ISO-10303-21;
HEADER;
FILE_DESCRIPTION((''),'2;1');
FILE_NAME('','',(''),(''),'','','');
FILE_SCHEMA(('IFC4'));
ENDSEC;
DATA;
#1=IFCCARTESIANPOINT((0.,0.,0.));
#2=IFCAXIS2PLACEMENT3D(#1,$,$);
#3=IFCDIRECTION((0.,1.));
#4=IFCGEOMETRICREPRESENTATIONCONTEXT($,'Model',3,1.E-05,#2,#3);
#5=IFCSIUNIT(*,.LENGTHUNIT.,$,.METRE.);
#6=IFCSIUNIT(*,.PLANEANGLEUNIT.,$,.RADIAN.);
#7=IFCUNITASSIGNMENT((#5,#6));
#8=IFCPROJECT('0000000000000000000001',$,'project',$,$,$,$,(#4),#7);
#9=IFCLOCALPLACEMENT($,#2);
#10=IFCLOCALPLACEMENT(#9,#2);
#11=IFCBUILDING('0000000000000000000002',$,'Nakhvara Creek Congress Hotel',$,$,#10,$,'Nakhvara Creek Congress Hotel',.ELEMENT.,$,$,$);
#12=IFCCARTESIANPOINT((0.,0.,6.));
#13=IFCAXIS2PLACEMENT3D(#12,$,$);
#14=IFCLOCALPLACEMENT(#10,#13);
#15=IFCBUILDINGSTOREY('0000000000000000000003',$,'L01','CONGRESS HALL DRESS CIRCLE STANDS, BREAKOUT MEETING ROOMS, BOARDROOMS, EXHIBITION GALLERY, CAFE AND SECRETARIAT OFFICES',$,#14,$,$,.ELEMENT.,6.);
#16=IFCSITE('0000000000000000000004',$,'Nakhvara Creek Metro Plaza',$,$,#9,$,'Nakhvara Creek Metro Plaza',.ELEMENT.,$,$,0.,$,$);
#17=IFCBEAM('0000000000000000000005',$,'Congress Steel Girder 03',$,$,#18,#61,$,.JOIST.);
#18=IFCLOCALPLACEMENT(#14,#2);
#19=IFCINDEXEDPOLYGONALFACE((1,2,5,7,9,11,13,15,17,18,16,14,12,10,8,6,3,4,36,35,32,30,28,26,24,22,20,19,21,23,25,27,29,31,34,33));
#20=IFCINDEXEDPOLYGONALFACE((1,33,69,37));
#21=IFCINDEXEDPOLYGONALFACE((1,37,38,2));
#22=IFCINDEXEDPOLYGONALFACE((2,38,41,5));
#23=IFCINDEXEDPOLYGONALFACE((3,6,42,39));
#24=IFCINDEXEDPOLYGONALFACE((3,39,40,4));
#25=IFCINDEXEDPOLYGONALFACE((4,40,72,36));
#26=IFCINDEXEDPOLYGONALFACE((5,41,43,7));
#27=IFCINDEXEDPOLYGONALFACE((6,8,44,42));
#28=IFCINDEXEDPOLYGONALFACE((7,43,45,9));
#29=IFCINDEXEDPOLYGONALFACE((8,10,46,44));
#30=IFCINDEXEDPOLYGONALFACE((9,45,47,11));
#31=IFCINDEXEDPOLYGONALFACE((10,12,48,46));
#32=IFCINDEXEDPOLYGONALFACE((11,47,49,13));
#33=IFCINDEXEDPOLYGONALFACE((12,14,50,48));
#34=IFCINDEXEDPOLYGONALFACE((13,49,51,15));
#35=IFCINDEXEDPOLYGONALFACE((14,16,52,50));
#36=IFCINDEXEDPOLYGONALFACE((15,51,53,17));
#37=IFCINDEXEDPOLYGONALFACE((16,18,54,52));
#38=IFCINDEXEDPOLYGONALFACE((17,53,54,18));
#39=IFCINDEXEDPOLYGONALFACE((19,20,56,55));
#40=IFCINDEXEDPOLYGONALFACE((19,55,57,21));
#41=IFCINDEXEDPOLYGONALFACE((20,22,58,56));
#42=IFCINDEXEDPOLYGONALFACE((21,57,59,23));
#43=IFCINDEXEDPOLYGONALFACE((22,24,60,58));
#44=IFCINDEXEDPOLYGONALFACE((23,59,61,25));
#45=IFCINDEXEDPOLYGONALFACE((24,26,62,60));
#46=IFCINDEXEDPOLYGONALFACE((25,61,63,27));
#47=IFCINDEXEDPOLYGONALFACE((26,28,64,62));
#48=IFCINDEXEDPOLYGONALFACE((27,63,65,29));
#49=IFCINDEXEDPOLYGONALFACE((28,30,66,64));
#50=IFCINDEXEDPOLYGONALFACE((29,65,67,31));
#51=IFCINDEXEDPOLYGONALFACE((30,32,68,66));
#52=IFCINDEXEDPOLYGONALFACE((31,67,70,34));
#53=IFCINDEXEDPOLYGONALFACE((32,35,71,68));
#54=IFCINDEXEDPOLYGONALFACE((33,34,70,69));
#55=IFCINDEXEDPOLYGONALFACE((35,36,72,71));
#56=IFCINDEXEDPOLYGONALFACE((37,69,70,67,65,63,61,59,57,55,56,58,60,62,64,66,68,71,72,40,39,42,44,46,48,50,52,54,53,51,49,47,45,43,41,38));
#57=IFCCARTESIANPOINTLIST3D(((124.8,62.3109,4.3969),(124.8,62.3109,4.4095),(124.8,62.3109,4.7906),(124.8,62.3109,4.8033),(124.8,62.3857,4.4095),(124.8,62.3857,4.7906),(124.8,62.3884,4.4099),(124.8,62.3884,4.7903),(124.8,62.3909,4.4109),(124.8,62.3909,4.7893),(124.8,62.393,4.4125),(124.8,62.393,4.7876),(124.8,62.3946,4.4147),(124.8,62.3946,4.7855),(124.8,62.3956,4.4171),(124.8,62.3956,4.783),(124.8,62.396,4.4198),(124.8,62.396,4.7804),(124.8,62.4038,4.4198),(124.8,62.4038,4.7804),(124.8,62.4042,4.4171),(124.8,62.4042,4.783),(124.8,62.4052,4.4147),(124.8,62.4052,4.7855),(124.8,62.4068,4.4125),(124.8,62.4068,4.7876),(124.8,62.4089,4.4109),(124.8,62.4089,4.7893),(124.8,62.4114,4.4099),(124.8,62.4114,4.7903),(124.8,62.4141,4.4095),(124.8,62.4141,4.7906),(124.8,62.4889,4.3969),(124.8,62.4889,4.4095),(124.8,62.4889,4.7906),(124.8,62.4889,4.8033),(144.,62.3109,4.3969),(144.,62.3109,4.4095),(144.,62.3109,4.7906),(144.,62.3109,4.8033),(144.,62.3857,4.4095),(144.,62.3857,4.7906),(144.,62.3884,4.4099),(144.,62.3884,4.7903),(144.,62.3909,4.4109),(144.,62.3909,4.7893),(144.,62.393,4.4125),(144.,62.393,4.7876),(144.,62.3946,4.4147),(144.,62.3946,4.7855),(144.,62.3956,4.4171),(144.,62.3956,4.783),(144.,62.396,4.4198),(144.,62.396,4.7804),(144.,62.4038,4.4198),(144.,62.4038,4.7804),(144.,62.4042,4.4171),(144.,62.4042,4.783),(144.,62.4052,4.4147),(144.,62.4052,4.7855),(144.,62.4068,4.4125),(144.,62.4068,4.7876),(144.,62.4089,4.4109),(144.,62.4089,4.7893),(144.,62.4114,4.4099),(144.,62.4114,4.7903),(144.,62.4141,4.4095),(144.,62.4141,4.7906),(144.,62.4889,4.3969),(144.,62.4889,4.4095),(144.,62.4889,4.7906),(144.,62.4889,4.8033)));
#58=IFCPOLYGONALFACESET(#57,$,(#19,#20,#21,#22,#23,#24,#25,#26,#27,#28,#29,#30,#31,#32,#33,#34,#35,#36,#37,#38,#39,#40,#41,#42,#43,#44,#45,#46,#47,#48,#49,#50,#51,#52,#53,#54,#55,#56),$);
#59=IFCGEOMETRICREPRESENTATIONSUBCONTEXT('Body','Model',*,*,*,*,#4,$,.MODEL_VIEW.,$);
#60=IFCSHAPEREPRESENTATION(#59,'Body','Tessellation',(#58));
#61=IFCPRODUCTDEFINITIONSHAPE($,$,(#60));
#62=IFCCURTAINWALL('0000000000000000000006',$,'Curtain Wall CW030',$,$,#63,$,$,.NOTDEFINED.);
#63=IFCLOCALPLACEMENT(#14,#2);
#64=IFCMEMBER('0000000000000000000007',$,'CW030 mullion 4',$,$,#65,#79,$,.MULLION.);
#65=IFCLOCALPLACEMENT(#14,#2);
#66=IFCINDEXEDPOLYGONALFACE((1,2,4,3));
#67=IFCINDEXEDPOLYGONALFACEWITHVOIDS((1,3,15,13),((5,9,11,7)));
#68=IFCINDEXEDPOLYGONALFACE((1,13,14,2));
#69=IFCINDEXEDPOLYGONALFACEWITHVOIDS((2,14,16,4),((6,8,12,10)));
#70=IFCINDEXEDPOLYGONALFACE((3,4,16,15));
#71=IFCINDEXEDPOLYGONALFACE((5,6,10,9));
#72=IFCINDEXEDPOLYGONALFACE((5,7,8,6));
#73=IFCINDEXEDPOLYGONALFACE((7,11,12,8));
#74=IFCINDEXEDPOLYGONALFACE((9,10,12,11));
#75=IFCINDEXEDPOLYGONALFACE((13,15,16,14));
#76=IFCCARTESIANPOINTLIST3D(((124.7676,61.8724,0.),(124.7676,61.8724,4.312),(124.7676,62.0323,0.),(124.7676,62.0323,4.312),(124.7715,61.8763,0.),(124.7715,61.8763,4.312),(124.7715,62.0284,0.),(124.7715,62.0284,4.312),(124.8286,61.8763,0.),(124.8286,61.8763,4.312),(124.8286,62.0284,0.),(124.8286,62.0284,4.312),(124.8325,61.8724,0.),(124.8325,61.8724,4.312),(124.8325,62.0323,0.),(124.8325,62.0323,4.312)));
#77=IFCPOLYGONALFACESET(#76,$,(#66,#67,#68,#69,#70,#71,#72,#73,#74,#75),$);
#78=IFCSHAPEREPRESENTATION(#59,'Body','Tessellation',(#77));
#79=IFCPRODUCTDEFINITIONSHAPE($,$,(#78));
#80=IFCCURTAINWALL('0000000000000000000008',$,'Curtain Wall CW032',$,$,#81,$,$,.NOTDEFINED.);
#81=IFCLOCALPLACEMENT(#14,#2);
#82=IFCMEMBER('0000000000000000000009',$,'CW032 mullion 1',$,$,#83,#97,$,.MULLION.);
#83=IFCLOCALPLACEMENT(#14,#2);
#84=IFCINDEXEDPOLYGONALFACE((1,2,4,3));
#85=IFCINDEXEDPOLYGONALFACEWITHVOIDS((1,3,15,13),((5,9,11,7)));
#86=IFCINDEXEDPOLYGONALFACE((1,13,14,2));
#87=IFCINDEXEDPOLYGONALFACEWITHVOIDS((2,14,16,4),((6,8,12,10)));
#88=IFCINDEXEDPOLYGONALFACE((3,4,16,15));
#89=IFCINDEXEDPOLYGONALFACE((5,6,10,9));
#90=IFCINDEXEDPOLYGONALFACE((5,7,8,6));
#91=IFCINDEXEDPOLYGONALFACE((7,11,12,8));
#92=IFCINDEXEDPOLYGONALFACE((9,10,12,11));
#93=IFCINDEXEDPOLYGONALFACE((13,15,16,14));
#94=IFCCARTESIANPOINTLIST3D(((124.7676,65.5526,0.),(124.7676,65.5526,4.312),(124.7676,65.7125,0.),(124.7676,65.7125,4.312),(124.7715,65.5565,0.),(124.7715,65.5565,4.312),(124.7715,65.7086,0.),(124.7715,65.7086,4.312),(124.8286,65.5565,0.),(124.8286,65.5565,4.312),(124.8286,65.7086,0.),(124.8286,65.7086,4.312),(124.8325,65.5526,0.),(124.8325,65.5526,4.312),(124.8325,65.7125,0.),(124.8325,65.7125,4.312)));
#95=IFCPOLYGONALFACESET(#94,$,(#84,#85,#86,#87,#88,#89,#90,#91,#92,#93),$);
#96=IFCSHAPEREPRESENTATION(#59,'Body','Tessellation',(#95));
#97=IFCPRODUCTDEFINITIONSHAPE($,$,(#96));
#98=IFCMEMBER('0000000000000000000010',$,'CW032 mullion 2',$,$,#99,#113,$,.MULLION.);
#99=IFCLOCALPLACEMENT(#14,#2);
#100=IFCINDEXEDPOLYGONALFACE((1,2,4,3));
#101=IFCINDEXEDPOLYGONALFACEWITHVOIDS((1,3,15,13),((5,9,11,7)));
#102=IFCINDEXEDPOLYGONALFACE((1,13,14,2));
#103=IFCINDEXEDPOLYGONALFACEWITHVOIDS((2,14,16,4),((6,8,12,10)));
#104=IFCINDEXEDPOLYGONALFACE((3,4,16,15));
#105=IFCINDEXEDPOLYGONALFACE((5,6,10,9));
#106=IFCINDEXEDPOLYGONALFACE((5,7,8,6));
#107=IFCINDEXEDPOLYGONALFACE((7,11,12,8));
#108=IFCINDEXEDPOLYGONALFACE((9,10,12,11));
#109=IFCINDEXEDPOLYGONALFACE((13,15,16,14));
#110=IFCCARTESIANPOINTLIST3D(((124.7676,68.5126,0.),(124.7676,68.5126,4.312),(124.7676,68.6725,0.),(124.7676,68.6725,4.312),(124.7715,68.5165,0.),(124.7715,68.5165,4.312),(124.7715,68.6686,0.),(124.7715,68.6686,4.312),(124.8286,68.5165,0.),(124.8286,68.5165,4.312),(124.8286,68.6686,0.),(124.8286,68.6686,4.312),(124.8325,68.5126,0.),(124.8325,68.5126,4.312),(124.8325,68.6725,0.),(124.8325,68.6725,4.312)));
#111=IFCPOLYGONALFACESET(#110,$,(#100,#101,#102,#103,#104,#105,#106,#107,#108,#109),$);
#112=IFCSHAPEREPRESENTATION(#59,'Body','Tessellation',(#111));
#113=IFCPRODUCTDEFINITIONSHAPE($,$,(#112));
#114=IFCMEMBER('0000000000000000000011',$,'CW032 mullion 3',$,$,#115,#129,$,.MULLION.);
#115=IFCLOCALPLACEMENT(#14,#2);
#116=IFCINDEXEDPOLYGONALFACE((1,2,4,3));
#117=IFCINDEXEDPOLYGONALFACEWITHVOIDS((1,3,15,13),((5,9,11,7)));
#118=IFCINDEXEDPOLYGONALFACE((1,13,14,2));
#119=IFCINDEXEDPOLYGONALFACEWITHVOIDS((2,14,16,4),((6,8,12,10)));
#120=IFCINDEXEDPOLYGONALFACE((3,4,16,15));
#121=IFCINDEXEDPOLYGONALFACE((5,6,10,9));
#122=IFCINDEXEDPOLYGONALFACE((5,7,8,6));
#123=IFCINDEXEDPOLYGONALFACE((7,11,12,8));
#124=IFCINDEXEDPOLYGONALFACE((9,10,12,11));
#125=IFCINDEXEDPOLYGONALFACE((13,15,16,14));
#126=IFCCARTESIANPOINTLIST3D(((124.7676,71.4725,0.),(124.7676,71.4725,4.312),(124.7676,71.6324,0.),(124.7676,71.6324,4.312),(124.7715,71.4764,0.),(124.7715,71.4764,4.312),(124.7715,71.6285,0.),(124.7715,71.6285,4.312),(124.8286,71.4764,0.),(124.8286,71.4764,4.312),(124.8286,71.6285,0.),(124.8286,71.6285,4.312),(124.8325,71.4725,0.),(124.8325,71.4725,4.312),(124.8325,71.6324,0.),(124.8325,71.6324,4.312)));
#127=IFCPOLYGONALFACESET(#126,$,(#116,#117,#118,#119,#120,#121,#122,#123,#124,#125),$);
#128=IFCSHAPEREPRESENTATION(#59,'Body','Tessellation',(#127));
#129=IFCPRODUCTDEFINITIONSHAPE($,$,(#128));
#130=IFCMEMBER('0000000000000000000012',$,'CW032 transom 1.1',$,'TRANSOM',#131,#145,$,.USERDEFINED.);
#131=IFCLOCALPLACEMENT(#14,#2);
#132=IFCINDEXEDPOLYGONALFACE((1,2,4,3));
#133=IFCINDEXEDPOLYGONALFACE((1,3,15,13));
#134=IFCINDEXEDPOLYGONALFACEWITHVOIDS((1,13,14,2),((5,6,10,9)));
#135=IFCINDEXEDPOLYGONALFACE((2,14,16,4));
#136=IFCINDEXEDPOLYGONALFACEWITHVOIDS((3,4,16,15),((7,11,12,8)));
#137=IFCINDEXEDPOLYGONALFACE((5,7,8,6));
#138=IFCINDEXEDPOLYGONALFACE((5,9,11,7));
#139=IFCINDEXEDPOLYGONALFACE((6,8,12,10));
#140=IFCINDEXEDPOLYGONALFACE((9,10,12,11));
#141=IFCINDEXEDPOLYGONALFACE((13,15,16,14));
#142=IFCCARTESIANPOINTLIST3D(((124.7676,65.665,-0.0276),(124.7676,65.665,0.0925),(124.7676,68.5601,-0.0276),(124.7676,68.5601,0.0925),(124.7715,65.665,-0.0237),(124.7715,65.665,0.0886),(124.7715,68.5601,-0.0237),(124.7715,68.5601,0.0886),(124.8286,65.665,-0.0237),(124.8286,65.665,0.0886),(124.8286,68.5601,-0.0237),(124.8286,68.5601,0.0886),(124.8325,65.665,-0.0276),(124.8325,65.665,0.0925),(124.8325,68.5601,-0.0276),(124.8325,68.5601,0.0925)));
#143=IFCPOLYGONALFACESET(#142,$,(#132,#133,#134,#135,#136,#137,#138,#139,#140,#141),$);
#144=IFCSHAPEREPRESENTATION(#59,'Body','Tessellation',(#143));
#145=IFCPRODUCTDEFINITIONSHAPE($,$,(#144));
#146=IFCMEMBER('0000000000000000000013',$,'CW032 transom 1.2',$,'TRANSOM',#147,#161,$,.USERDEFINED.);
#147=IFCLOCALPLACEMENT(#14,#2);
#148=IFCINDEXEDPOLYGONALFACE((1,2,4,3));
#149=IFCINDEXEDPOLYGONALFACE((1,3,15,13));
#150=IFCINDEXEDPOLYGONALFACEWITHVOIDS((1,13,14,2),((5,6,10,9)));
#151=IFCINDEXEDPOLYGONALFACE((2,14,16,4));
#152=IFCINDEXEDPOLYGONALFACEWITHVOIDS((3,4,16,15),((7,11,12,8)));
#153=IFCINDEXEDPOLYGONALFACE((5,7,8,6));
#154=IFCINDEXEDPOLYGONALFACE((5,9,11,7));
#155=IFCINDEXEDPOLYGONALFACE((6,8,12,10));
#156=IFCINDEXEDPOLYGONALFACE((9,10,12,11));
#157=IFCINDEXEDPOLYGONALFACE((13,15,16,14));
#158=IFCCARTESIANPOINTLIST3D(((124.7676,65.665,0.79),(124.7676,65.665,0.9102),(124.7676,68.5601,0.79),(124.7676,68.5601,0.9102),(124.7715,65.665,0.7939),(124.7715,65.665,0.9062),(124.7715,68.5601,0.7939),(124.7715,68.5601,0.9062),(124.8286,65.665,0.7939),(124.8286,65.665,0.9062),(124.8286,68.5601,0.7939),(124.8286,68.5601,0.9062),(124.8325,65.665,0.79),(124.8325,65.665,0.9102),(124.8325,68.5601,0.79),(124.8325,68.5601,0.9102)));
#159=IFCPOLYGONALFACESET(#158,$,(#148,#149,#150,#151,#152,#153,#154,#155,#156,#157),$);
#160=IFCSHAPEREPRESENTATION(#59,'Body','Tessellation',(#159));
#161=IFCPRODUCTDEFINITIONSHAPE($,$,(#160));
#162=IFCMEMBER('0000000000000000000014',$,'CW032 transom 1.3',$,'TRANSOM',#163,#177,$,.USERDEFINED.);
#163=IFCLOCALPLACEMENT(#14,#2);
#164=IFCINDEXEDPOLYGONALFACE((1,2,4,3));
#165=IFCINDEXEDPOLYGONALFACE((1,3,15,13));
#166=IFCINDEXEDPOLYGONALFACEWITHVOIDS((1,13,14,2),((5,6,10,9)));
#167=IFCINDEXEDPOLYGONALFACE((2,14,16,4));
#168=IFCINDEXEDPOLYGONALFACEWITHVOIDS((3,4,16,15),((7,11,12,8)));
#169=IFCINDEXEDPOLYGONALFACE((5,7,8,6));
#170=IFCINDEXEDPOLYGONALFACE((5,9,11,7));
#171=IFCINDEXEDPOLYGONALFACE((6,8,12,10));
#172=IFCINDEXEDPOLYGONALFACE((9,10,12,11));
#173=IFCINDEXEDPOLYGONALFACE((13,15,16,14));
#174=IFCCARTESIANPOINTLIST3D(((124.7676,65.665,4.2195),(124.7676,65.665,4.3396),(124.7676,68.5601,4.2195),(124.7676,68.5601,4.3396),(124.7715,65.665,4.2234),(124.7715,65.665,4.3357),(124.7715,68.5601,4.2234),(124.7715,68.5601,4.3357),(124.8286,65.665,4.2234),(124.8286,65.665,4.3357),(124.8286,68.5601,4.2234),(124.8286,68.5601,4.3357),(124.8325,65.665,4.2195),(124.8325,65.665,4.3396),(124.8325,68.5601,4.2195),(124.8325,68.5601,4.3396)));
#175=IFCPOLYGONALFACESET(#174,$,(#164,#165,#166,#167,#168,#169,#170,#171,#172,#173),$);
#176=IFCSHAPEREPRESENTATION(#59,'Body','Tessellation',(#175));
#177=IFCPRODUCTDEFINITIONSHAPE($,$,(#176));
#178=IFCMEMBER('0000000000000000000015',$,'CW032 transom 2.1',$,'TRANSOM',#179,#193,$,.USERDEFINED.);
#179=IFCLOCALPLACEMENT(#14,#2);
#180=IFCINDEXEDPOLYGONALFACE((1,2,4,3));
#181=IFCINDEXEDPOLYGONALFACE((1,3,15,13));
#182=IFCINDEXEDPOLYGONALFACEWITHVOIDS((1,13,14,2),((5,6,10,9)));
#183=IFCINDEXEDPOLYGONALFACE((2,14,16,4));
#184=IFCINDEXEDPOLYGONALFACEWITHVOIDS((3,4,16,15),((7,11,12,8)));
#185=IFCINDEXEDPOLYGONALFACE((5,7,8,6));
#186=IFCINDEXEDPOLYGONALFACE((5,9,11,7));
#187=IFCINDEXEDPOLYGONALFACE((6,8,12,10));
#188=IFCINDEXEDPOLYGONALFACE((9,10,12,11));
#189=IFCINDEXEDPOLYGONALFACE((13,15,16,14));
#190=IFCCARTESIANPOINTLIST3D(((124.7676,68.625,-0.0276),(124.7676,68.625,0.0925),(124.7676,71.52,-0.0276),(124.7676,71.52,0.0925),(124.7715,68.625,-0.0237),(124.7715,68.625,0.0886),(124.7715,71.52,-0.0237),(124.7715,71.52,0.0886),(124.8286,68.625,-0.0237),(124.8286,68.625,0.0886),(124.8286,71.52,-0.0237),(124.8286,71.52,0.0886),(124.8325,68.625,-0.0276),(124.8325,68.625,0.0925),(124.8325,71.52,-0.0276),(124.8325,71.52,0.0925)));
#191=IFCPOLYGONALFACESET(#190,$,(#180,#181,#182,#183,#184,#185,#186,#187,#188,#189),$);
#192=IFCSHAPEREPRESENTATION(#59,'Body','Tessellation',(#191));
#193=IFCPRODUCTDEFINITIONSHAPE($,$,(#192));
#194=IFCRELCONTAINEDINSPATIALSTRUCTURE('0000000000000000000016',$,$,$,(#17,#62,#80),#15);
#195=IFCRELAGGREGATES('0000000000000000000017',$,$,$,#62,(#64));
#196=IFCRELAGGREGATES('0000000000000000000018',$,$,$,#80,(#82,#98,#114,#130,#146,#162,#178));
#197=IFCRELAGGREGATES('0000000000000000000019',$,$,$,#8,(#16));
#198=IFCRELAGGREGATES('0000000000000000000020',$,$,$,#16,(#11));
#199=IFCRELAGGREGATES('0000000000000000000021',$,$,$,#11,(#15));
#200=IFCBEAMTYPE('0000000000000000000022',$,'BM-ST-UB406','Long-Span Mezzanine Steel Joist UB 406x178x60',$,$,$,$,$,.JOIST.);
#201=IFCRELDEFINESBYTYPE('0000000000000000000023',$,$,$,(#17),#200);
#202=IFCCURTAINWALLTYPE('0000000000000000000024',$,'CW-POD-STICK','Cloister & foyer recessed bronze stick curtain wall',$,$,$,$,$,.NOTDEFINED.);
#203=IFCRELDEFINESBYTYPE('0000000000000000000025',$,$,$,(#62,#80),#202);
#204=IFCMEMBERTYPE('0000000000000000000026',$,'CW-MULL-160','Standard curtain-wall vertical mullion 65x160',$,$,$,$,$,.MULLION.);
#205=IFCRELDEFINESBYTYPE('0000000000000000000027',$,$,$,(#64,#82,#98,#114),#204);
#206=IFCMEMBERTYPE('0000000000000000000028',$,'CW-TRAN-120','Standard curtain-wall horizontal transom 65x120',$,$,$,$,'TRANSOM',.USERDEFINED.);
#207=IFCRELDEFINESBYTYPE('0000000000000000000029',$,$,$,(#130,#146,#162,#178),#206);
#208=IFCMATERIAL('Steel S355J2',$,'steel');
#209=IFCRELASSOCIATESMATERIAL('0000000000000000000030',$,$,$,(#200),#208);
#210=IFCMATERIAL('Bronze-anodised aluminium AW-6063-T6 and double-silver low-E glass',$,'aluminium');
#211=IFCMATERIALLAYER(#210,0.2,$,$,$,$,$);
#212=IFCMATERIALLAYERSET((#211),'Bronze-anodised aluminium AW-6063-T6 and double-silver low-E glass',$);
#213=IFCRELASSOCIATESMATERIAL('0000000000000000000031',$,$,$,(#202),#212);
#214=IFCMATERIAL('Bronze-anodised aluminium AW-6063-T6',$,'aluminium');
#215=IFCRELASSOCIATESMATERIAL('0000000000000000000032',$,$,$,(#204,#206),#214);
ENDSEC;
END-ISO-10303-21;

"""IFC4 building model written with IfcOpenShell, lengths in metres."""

from ifc_helpers import new_model, si_unit, direction, frame, origin, origin_2d, place, context, subcontext, project, spatial, hollow_rectangle, i_section, extrude, material, layer, layer_set, material_profile, profile_set, type_object, element, aggregate, save


model = new_model("IFC4")

# Units and contexts
model_context = context("Model", 3, precision=1e-05, world=origin(), true_north=direction((0.0, 1.0)))
body_context = subcontext(model_context, "Body", "Model", "MODEL_VIEW")
ifc_project = project(units=[si_unit("LENGTHUNIT", "METRE"), si_unit("PLANEANGLEUNIT", "RADIAN")], contexts=[model_context])

# Site, building, storey
site_placement = place(None, origin())
site = spatial("IfcSite", under=ifc_project, at=site_placement, Name="Nakhvara Creek Metro Plaza", LongName="Nakhvara Creek Metro Plaza", CompositionType="ELEMENT", RefElevation=0.0)
building_placement = place(site_placement, origin())
building = spatial("IfcBuilding", under=site, at=building_placement, Name="Nakhvara Creek Congress Hotel", LongName="Nakhvara Creek Congress Hotel", CompositionType="ELEMENT")
storey_placement = place(building_placement, frame((0.0, 0.0, 6.0)))
storey = spatial("IfcBuildingStorey", under=building, at=storey_placement, Name="L01", Description="CONGRESS HALL DRESS CIRCLE STANDS, BREAKOUT MEETING ROOMS, BOARDROOMS, EXHIBITION GALLERY, CAFE AND SECRETARIAT OFFICES", CompositionType="ELEMENT", Elevation=6.0)

# Beam
ifc_material_1 = material(Name="Steel S355J2", Category="steel")
ifc_material_profile_1 = material_profile(ifc_material_1, i_section(OverallWidth=0.178, OverallDepth=0.4065, WebThickness=0.0078, FlangeThickness=0.0127, FilletRadius=0.0103, at=origin_2d()), Name="UB 406x178x60", Category="LoadBearing")
ifc_profile_set_1 = profile_set([ifc_material_profile_1], Name="Steel S355J2")
beam_type_1 = type_object("IfcBeamType", Name="BM-ST-UB406", Description="Long-Span Mezzanine Steel Joist UB 406x178x60", PredefinedType="JOIST", material=ifc_profile_set_1)
beam_1_placement = place(storey_placement, frame((124.8, 62.3999, 4.6001), z_axis=(1.0, 0.0, 0.0), x_axis=(0.0, 1.0, 0.0)))
element("IfcBeam", 1, at=beam_1_placement, inside=storey, type_object=beam_type_1, Name="Congress Steel Girder 03", PredefinedType="JOIST", context=body_context, shape_type="SweptSolid", body=[
    extrude(i_section(OverallWidth=0.178, OverallDepth=0.4065, WebThickness=0.0078, FlangeThickness=0.0127, FilletRadius=0.0103, at=origin_2d()), origin(), (0.0, 0.0, 1.0), 19.2),
])

# Curtain wall, member
ifc_material_2 = material(Name="Bronze-anodised aluminium AW-6063-T6 and double-silver low-E glass", Category="aluminium")
ifc_layer_1 = layer(ifc_material_2, 0.2)
ifc_layer_set_1 = layer_set([ifc_layer_1], Name="Bronze-anodised aluminium AW-6063-T6 and double-silver low-E glass")
curtain_wall_type = type_object("IfcCurtainWallType", Name="CW-POD-STICK", Description="Cloister & foyer recessed bronze stick curtain wall", PredefinedType="NOTDEFINED", material=ifc_layer_set_1)
curtain_wall_1_placement = place(storey_placement, origin())
curtain_wall_1 = element("IfcCurtainWall", 2, at=curtain_wall_1_placement, inside=storey, type_object=curtain_wall_type, Name="Curtain Wall CW030", PredefinedType="NOTDEFINED")
ifc_material_3 = material(Name="Bronze-anodised aluminium AW-6063-T6", Category="aluminium")
ifc_material_profile_2 = material_profile(ifc_material_3, hollow_rectangle(XDim=0.0649, YDim=0.1599, WallThickness=0.0039, at=origin_2d()), Name="ALU-MULL 65x160x4", Category="LoadBearing")
ifc_profile_set_2 = profile_set([ifc_material_profile_2], Name="Bronze-anodised aluminium AW-6063-T6")
member_type_1 = type_object("IfcMemberType", Name="CW-MULL-160", Description="Standard curtain-wall vertical mullion 65x160", PredefinedType="MULLION", material=ifc_profile_set_2)
member_1_placement = place(storey_placement, frame((124.8, 61.9524, 0.0), z_axis=(0.0, 0.0, 1.0), x_axis=(-1.0, 0.0, 0.0)))
member_1 = element("IfcMember", 3, at=member_1_placement, type_object=member_type_1, Name="CW030 mullion 4", PredefinedType="MULLION", context=body_context, shape_type="SweptSolid", body=[
    extrude(hollow_rectangle(XDim=0.0649, YDim=0.1599, WallThickness=0.0039, at=origin_2d()), origin(), (0.0, 0.0, 1.0), 4.312),
])
aggregate(curtain_wall_1, [member_1])

# Curtain wall, members
curtain_wall_2_placement = place(storey_placement, origin())
curtain_wall_2 = element("IfcCurtainWall", 4, at=curtain_wall_2_placement, inside=storey, type_object=curtain_wall_type, Name="Curtain Wall CW032", PredefinedType="NOTDEFINED")
member_2_placement = place(storey_placement, frame((124.8, 65.6326, 0.0), z_axis=(0.0, 0.0, 1.0), x_axis=(-1.0, 0.0, 0.0)))
member_2 = element("IfcMember", 5, at=member_2_placement, type_object=member_type_1, Name="CW032 mullion 1", PredefinedType="MULLION", context=body_context, shape_type="SweptSolid", body=[
    extrude(hollow_rectangle(XDim=0.0649, YDim=0.1599, WallThickness=0.0039, at=origin_2d()), origin(), (0.0, 0.0, 1.0), 4.312),
])
member_3_placement = place(storey_placement, frame((124.8, 68.5925, 0.0), z_axis=(0.0, 0.0, 1.0), x_axis=(-1.0, 0.0, 0.0)))
member_3 = element("IfcMember", 6, at=member_3_placement, type_object=member_type_1, Name="CW032 mullion 2", PredefinedType="MULLION", context=body_context, shape_type="SweptSolid", body=[
    extrude(hollow_rectangle(XDim=0.0649, YDim=0.1599, WallThickness=0.0039, at=origin_2d()), origin(), (0.0, 0.0, 1.0), 4.312),
])
member_4_placement = place(storey_placement, frame((124.8, 71.5525, 0.0), z_axis=(0.0, 0.0, 1.0), x_axis=(-1.0, 0.0, 0.0)))
member_4 = element("IfcMember", 7, at=member_4_placement, type_object=member_type_1, Name="CW032 mullion 3", PredefinedType="MULLION", context=body_context, shape_type="SweptSolid", body=[
    extrude(hollow_rectangle(XDim=0.0649, YDim=0.1599, WallThickness=0.0039, at=origin_2d()), origin(), (0.0, 0.0, 1.0), 4.312),
])
ifc_material_profile_3 = material_profile(ifc_material_3, hollow_rectangle(XDim=0.0649, YDim=0.1201, WallThickness=0.0039, at=origin_2d()), Name="ALU-TRAN 65x120x4", Category="LoadBearing")
ifc_profile_set_3 = profile_set([ifc_material_profile_3], Name="Bronze-anodised aluminium AW-6063-T6")
member_type_2 = type_object("IfcMemberType", Name="CW-TRAN-120", Description="Standard curtain-wall horizontal transom 65x120", ElementType="TRANSOM", PredefinedType="USERDEFINED", material=ifc_profile_set_3)
member_5_placement = place(storey_placement, frame((124.8, 65.665, 0.0325), z_axis=(0.0, 1.0, 0.0), x_axis=(-1.0, 0.0, 0.0)))
member_5 = element("IfcMember", 8, at=member_5_placement, type_object=member_type_2, Name="CW032 transom 1.1", ObjectType="TRANSOM", PredefinedType="USERDEFINED", context=body_context, shape_type="SweptSolid", body=[
    extrude(hollow_rectangle(XDim=0.0649, YDim=0.1201, WallThickness=0.0039, at=origin_2d()), origin(), (0.0, 0.0, 1.0), 2.895),
])
member_6_placement = place(storey_placement, frame((124.8, 65.665, 0.8501), z_axis=(0.0, 1.0, 0.0), x_axis=(-1.0, 0.0, 0.0)))
member_6 = element("IfcMember", 9, at=member_6_placement, type_object=member_type_2, Name="CW032 transom 1.2", ObjectType="TRANSOM", PredefinedType="USERDEFINED", context=body_context, shape_type="SweptSolid", body=[
    extrude(hollow_rectangle(XDim=0.0649, YDim=0.1201, WallThickness=0.0039, at=origin_2d()), origin(), (0.0, 0.0, 1.0), 2.895),
])
member_7_placement = place(storey_placement, frame((124.8, 65.665, 4.2795), z_axis=(0.0, 1.0, 0.0), x_axis=(-1.0, 0.0, 0.0)))
member_7 = element("IfcMember", 10, at=member_7_placement, type_object=member_type_2, Name="CW032 transom 1.3", ObjectType="TRANSOM", PredefinedType="USERDEFINED", context=body_context, shape_type="SweptSolid", body=[
    extrude(hollow_rectangle(XDim=0.0649, YDim=0.1201, WallThickness=0.0039, at=origin_2d()), origin(), (0.0, 0.0, 1.0), 2.895),
])
member_8_placement = place(storey_placement, frame((124.8, 68.625, 0.0325), z_axis=(0.0, 1.0, 0.0), x_axis=(-1.0, 0.0, 0.0)))
member_8 = element("IfcMember", 11, at=member_8_placement, type_object=member_type_2, Name="CW032 transom 2.1", ObjectType="TRANSOM", PredefinedType="USERDEFINED", context=body_context, shape_type="SweptSolid", body=[
    extrude(hollow_rectangle(XDim=0.0649, YDim=0.1201, WallThickness=0.0039, at=origin_2d()), origin(), (0.0, 0.0, 1.0), 2.895),
])
aggregate(curtain_wall_2, [member_2, member_3, member_4, member_5, member_6, member_7, member_8])

save(model, "model.ifc")
